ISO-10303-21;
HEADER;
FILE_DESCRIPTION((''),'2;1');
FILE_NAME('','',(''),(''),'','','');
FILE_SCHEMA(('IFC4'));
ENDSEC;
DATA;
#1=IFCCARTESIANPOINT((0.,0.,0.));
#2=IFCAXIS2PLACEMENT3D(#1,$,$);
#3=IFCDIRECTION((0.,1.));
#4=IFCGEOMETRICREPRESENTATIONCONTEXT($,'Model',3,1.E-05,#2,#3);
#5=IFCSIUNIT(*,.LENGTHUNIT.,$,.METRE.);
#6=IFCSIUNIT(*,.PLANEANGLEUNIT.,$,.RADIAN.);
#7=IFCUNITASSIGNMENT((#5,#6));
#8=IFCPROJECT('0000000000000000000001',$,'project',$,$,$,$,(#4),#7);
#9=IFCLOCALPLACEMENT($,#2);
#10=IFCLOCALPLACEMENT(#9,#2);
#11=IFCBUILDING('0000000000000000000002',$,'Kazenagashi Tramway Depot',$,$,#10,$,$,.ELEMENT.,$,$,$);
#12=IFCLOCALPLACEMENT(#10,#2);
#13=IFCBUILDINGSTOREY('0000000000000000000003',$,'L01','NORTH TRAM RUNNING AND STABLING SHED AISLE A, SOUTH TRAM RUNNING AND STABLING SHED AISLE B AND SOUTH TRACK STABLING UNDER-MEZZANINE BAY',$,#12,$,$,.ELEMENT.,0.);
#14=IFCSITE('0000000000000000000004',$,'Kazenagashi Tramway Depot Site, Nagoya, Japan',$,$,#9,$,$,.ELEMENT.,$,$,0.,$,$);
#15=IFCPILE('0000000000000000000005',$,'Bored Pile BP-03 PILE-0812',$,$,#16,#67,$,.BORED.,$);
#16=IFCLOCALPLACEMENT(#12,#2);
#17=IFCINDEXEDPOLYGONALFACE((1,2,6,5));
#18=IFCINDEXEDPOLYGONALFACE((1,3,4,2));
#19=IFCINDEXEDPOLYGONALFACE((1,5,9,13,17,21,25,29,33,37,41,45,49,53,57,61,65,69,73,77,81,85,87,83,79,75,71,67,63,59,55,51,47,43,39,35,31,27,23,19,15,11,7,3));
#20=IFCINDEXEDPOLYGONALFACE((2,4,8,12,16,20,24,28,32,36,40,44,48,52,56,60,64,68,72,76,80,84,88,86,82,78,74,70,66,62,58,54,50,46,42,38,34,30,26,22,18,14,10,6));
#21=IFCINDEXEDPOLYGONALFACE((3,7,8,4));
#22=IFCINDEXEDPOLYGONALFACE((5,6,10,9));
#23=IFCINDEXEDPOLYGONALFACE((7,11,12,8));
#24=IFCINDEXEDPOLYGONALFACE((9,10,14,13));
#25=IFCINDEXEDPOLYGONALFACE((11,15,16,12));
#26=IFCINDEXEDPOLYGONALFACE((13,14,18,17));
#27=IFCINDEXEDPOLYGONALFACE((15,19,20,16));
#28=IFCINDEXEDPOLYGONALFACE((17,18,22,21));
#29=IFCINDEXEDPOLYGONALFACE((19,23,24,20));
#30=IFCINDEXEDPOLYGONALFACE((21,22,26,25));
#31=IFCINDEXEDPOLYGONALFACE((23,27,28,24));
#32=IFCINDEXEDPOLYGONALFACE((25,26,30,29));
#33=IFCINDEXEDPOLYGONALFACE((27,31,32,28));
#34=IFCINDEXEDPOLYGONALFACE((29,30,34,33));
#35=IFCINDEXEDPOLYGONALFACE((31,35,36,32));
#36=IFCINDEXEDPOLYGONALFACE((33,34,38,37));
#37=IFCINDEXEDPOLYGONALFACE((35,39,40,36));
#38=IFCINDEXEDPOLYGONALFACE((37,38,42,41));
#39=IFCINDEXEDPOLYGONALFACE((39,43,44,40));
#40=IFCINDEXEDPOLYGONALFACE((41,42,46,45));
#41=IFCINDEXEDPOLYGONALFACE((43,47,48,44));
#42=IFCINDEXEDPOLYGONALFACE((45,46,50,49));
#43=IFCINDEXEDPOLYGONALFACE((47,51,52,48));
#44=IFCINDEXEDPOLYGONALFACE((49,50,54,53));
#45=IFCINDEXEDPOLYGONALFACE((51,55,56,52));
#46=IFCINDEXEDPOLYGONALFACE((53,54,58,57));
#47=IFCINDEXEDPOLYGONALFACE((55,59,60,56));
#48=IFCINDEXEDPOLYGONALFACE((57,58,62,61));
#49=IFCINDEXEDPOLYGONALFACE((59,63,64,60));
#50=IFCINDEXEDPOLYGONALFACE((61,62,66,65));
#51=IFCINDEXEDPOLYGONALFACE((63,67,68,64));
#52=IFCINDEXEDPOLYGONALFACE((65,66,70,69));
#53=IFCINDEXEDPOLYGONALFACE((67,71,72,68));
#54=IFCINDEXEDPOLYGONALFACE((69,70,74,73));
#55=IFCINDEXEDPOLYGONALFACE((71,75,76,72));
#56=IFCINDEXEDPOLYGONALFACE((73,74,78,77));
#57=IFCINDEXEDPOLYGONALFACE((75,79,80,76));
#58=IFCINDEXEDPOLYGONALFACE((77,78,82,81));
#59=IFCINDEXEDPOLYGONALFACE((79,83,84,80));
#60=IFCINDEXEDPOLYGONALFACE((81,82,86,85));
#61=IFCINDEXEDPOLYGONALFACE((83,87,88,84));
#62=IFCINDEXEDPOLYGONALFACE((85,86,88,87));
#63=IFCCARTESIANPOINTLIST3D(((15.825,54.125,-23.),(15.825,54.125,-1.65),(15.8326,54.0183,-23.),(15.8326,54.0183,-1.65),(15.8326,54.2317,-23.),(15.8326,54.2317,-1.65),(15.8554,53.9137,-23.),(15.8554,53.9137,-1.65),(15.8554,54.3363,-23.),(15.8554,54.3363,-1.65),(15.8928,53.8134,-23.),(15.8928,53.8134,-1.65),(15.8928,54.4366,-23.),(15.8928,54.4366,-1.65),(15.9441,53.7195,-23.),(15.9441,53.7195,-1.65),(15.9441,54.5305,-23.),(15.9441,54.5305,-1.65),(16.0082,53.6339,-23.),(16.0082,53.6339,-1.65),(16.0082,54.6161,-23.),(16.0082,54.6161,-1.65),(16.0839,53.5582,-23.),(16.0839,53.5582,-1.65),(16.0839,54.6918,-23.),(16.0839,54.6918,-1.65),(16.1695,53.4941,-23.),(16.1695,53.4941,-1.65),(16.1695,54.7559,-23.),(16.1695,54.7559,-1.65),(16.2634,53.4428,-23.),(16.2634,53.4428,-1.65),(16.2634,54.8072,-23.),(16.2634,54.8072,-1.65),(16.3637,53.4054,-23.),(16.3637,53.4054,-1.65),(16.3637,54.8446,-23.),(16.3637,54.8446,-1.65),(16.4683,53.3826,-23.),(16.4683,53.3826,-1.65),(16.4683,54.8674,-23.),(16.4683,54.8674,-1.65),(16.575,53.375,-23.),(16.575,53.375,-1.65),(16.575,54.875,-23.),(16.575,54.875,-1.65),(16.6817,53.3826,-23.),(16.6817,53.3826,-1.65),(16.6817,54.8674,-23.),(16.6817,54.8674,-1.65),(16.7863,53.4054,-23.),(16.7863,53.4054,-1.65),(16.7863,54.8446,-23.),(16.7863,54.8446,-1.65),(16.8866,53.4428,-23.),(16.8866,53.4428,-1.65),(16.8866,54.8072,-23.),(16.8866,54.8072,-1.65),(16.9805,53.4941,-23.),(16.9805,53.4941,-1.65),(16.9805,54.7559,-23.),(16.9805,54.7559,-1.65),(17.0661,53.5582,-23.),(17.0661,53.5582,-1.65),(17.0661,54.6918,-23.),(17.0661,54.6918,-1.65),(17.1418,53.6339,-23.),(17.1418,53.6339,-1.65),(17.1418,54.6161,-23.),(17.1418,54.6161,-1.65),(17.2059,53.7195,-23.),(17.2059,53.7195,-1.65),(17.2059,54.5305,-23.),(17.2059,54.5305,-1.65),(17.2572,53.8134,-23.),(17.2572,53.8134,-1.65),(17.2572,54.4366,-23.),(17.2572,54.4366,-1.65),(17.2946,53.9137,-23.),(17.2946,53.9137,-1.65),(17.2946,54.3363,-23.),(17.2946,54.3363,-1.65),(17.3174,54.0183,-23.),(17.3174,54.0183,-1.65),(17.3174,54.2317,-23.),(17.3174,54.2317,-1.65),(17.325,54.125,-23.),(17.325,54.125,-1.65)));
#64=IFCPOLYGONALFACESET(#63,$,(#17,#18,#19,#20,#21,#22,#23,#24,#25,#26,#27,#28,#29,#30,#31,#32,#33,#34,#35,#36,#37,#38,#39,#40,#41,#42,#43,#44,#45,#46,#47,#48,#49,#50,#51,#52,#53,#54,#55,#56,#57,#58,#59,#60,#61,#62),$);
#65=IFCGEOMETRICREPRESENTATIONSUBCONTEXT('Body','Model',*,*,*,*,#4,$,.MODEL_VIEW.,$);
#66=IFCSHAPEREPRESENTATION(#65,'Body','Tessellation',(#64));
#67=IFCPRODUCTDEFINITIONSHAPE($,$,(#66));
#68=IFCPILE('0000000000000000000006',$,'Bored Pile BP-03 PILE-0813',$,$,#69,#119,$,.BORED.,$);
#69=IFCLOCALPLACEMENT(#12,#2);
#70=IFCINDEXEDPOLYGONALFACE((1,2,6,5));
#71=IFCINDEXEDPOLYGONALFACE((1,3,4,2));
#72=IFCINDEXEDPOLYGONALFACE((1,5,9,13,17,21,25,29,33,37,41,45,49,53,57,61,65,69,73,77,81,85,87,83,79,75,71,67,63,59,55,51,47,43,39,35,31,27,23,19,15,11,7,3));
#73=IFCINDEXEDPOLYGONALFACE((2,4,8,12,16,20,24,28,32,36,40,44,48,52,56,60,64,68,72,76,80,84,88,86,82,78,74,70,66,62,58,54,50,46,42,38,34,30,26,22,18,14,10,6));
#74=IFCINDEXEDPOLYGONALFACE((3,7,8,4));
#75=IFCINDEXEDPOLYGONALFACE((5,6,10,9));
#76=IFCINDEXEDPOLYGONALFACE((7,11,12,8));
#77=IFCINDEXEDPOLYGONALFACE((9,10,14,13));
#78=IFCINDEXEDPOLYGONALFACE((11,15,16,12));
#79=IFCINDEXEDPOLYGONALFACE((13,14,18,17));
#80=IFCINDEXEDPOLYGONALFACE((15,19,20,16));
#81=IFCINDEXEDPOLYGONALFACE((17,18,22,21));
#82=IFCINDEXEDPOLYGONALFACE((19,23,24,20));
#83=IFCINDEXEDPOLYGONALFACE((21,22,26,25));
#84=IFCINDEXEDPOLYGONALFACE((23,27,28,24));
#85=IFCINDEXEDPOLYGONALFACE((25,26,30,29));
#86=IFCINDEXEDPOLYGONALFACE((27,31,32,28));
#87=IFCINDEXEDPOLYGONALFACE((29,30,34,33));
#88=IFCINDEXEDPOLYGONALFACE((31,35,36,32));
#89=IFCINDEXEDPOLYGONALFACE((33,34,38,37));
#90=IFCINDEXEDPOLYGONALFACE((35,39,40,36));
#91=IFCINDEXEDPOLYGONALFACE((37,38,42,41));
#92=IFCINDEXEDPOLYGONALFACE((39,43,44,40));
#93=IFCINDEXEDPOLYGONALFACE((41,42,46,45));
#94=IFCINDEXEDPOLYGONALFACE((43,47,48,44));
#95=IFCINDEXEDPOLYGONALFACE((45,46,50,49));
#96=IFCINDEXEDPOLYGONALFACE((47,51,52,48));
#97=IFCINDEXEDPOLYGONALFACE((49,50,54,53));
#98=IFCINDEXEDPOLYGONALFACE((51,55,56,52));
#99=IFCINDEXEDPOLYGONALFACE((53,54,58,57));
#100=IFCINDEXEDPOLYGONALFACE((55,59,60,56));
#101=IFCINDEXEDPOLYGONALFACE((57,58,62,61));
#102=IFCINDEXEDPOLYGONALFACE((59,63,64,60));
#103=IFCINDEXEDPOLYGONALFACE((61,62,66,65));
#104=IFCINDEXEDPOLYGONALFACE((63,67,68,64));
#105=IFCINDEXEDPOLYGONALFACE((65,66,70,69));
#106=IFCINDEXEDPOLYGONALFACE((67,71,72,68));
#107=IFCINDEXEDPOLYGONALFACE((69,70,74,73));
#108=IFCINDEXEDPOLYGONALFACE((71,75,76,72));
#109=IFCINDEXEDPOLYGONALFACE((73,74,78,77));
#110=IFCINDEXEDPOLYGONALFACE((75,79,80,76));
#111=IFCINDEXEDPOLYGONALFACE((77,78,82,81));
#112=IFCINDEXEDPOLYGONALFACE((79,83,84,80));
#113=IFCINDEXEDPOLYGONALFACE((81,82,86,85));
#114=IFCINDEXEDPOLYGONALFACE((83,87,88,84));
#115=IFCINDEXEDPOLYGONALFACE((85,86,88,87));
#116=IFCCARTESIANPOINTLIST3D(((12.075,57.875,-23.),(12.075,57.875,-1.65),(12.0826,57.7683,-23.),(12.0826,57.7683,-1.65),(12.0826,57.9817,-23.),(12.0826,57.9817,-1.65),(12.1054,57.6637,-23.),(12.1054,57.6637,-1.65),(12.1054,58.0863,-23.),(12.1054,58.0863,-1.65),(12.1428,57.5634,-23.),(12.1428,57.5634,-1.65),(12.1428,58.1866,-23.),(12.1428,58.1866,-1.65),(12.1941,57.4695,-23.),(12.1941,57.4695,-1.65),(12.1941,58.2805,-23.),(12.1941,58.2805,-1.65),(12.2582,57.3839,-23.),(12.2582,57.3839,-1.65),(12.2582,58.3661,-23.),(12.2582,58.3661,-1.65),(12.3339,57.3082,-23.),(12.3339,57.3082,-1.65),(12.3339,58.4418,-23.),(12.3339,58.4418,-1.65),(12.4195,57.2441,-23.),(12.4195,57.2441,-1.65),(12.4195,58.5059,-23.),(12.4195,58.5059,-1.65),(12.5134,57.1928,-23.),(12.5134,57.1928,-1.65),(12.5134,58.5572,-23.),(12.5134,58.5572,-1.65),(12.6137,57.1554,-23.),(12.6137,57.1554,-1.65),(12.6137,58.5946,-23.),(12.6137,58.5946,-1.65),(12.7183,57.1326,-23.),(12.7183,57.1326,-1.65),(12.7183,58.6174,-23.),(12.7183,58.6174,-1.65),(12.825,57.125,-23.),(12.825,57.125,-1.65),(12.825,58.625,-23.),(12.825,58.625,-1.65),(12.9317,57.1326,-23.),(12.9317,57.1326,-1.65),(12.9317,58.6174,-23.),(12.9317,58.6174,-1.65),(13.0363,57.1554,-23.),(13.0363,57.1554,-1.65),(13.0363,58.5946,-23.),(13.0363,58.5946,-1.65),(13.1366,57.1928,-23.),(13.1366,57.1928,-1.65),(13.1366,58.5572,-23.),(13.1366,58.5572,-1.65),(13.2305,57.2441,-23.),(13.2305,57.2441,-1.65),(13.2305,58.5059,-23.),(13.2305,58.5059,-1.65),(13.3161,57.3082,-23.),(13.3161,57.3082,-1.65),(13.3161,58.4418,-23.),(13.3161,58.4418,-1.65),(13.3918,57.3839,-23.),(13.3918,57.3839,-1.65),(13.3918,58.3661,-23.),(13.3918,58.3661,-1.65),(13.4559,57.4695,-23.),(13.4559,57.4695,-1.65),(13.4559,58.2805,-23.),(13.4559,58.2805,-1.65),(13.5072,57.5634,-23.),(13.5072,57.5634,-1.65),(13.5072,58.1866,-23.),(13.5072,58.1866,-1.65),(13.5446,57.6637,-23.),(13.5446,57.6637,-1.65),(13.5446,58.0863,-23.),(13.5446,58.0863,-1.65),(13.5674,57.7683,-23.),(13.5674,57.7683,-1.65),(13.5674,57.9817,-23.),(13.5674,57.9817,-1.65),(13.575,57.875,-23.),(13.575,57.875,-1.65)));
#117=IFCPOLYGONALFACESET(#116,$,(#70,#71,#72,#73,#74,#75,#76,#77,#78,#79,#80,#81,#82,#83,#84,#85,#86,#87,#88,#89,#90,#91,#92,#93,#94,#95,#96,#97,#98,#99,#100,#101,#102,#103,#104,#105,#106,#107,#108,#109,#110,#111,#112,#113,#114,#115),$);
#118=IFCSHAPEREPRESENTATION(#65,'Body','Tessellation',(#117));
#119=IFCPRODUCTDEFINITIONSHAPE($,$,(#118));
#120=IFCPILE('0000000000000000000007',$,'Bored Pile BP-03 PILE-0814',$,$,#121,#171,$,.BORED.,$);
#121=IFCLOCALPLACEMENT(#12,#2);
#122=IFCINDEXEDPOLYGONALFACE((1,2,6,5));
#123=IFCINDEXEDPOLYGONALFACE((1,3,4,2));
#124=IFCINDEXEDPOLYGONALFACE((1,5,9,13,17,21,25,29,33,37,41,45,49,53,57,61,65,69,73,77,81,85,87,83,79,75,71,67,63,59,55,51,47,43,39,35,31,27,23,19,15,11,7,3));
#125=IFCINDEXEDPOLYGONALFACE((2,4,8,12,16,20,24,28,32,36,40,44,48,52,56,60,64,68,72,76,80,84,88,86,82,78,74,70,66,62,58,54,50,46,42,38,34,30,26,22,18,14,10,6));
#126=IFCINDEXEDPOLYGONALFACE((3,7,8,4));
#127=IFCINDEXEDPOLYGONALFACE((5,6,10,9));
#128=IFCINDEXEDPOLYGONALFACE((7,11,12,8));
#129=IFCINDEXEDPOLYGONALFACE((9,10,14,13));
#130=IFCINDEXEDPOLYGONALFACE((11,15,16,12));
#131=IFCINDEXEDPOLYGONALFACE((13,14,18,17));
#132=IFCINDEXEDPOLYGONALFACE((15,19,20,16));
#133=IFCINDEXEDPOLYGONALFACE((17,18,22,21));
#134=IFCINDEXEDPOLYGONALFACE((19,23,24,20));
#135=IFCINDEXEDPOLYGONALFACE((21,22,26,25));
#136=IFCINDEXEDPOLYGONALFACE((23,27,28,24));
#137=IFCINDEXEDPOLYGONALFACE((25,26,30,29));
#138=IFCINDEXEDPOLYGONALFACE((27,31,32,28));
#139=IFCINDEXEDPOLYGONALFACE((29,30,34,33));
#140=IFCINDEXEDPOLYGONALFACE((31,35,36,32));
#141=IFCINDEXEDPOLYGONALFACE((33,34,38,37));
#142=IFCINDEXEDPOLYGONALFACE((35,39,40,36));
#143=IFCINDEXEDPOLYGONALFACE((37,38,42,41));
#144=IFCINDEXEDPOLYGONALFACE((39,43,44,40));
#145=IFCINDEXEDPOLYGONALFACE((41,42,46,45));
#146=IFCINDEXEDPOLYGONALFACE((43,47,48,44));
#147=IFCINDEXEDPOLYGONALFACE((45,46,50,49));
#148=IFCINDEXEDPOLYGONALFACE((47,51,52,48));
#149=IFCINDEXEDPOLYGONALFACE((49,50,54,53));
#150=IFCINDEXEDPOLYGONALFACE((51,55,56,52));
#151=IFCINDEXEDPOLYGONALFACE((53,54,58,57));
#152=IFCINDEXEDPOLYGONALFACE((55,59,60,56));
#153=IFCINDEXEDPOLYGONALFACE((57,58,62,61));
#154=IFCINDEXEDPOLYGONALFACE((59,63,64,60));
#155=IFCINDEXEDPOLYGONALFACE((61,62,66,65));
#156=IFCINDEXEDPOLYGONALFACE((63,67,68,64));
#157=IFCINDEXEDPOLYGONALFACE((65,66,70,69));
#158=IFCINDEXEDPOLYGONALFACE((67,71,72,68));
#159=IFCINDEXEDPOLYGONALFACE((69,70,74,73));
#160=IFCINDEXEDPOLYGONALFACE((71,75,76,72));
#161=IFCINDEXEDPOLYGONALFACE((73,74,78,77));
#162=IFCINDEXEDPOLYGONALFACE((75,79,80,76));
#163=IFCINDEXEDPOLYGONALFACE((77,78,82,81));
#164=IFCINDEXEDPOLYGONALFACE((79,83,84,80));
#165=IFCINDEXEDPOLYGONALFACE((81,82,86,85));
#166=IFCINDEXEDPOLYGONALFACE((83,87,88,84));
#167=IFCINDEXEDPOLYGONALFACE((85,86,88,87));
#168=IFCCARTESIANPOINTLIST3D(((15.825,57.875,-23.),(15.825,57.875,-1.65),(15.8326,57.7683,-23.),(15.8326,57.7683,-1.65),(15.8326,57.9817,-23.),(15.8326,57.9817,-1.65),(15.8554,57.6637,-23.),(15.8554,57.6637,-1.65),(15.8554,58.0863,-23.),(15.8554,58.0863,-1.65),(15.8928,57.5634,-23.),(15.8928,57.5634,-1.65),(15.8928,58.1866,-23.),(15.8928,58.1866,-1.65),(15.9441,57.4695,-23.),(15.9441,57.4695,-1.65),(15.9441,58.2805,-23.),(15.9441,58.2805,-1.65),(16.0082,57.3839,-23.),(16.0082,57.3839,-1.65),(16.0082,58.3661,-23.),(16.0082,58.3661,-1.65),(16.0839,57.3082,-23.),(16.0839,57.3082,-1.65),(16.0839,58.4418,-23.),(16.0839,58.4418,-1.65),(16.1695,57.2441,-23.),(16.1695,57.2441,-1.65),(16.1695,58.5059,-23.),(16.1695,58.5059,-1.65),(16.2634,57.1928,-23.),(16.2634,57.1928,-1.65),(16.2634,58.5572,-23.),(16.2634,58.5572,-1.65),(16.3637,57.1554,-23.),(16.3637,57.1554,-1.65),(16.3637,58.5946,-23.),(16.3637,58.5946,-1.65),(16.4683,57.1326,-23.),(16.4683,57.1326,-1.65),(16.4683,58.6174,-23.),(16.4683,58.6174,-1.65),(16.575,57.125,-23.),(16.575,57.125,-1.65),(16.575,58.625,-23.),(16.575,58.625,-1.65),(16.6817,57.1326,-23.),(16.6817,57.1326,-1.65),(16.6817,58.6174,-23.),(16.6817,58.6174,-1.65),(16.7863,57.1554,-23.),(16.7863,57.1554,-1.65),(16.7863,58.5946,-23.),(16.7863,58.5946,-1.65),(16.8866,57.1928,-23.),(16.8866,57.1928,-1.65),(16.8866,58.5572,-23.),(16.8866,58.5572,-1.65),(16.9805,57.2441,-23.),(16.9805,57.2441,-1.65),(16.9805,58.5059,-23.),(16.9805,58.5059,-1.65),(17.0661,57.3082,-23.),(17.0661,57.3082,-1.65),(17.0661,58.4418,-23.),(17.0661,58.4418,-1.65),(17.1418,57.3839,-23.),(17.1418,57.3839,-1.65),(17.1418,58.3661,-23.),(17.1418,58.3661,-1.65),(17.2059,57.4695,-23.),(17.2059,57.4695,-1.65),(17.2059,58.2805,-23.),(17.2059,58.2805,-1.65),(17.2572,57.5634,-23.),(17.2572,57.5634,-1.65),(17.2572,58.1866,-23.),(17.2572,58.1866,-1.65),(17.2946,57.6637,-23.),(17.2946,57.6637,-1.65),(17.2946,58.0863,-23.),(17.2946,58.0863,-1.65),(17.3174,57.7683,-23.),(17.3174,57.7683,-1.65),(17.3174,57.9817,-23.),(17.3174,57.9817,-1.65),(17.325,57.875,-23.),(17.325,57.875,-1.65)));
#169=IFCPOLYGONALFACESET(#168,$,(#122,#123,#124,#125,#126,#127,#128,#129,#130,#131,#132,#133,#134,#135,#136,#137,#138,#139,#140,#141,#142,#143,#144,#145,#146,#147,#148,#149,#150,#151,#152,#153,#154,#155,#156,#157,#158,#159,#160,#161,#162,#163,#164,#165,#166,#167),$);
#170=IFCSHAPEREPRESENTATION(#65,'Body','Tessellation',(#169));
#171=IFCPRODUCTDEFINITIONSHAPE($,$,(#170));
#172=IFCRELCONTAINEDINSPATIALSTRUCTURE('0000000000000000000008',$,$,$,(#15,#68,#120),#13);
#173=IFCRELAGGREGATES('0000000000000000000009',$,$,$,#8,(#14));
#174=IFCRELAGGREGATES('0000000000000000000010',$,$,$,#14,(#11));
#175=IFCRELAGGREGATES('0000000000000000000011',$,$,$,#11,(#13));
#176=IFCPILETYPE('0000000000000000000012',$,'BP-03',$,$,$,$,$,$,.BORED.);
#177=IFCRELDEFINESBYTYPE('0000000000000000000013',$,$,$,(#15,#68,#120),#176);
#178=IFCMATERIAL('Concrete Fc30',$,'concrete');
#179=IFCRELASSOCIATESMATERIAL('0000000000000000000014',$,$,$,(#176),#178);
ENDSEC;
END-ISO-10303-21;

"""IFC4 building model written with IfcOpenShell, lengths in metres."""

from ifc_helpers import new_model, si_unit, direction, frame, origin, origin_2d, place, context, subcontext, project, spatial, circle, extrude, material, material_profile, profile_set, type_object, element, save


model = new_model("IFC4")

# Units and contexts
model_context = context("Model", 3, precision=1e-05, world=origin(), true_north=direction((0.0, 1.0)))
body_context = subcontext(model_context, "Body", "Model", "MODEL_VIEW")
ifc_project = project(units=[si_unit("LENGTHUNIT", "METRE"), si_unit("PLANEANGLEUNIT", "RADIAN")], contexts=[model_context])

# Site, building, storey
site_placement = place(None, origin())
site = spatial("IfcSite", under=ifc_project, at=site_placement, Name="Kazenagashi Tramway Depot Site, Nagoya, Japan", CompositionType="ELEMENT", RefElevation=0.0)
building_placement = place(site_placement, origin())
building = spatial("IfcBuilding", under=site, at=building_placement, Name="Kazenagashi Tramway Depot", CompositionType="ELEMENT")
storey_placement = place(building_placement, origin())
storey = spatial("IfcBuildingStorey", under=building, at=storey_placement, Name="L01", Description="NORTH TRAM RUNNING AND STABLING SHED AISLE A, SOUTH TRAM RUNNING AND STABLING SHED AISLE B AND SOUTH TRACK STABLING UNDER-MEZZANINE BAY", CompositionType="ELEMENT", Elevation=0.0)

# Piles
ifc_material_1 = material(Name="Concrete Fc30", Category="concrete")
ifc_material_profile_1 = material_profile(ifc_material_1, circle(Radius=0.75, at=origin_2d()), Name="PILE-1500")
ifc_profile_set_1 = profile_set([ifc_material_profile_1], Name="Concrete Fc30")
pile_type = type_object("IfcPileType", Name="BP-03", PredefinedType="BORED", material=ifc_profile_set_1)
for number, where, z_axis, x_axis, name in (
    (1, (16.575, 54.125, -1.65), (0.0, 0.0, -1.0), (1.0, 0.0, 0.0), "Bored Pile BP-03 PILE-0812"),
    (2, (12.825, 57.875, -1.65), (0.0, 0.0, -1.0), (1.0, 0.0, 0.0), "Bored Pile BP-03 PILE-0813"),
    (3, (16.575, 57.875, -1.65), (0.0, 0.0, -1.0), (1.0, 0.0, 0.0), "Bored Pile BP-03 PILE-0814"),
):
    element("IfcPile", number, at=place(storey_placement, frame(where, z_axis=z_axis, x_axis=x_axis)), inside=storey, type_object=pile_type, Name=name, PredefinedType="BORED", context=body_context, shape_type="SweptSolid", body=[
        extrude(circle(Radius=0.75, at=origin_2d()), origin(), (0.0, 0.0, 1.0), 21.35),
    ])

save(model, "model.ifc")
